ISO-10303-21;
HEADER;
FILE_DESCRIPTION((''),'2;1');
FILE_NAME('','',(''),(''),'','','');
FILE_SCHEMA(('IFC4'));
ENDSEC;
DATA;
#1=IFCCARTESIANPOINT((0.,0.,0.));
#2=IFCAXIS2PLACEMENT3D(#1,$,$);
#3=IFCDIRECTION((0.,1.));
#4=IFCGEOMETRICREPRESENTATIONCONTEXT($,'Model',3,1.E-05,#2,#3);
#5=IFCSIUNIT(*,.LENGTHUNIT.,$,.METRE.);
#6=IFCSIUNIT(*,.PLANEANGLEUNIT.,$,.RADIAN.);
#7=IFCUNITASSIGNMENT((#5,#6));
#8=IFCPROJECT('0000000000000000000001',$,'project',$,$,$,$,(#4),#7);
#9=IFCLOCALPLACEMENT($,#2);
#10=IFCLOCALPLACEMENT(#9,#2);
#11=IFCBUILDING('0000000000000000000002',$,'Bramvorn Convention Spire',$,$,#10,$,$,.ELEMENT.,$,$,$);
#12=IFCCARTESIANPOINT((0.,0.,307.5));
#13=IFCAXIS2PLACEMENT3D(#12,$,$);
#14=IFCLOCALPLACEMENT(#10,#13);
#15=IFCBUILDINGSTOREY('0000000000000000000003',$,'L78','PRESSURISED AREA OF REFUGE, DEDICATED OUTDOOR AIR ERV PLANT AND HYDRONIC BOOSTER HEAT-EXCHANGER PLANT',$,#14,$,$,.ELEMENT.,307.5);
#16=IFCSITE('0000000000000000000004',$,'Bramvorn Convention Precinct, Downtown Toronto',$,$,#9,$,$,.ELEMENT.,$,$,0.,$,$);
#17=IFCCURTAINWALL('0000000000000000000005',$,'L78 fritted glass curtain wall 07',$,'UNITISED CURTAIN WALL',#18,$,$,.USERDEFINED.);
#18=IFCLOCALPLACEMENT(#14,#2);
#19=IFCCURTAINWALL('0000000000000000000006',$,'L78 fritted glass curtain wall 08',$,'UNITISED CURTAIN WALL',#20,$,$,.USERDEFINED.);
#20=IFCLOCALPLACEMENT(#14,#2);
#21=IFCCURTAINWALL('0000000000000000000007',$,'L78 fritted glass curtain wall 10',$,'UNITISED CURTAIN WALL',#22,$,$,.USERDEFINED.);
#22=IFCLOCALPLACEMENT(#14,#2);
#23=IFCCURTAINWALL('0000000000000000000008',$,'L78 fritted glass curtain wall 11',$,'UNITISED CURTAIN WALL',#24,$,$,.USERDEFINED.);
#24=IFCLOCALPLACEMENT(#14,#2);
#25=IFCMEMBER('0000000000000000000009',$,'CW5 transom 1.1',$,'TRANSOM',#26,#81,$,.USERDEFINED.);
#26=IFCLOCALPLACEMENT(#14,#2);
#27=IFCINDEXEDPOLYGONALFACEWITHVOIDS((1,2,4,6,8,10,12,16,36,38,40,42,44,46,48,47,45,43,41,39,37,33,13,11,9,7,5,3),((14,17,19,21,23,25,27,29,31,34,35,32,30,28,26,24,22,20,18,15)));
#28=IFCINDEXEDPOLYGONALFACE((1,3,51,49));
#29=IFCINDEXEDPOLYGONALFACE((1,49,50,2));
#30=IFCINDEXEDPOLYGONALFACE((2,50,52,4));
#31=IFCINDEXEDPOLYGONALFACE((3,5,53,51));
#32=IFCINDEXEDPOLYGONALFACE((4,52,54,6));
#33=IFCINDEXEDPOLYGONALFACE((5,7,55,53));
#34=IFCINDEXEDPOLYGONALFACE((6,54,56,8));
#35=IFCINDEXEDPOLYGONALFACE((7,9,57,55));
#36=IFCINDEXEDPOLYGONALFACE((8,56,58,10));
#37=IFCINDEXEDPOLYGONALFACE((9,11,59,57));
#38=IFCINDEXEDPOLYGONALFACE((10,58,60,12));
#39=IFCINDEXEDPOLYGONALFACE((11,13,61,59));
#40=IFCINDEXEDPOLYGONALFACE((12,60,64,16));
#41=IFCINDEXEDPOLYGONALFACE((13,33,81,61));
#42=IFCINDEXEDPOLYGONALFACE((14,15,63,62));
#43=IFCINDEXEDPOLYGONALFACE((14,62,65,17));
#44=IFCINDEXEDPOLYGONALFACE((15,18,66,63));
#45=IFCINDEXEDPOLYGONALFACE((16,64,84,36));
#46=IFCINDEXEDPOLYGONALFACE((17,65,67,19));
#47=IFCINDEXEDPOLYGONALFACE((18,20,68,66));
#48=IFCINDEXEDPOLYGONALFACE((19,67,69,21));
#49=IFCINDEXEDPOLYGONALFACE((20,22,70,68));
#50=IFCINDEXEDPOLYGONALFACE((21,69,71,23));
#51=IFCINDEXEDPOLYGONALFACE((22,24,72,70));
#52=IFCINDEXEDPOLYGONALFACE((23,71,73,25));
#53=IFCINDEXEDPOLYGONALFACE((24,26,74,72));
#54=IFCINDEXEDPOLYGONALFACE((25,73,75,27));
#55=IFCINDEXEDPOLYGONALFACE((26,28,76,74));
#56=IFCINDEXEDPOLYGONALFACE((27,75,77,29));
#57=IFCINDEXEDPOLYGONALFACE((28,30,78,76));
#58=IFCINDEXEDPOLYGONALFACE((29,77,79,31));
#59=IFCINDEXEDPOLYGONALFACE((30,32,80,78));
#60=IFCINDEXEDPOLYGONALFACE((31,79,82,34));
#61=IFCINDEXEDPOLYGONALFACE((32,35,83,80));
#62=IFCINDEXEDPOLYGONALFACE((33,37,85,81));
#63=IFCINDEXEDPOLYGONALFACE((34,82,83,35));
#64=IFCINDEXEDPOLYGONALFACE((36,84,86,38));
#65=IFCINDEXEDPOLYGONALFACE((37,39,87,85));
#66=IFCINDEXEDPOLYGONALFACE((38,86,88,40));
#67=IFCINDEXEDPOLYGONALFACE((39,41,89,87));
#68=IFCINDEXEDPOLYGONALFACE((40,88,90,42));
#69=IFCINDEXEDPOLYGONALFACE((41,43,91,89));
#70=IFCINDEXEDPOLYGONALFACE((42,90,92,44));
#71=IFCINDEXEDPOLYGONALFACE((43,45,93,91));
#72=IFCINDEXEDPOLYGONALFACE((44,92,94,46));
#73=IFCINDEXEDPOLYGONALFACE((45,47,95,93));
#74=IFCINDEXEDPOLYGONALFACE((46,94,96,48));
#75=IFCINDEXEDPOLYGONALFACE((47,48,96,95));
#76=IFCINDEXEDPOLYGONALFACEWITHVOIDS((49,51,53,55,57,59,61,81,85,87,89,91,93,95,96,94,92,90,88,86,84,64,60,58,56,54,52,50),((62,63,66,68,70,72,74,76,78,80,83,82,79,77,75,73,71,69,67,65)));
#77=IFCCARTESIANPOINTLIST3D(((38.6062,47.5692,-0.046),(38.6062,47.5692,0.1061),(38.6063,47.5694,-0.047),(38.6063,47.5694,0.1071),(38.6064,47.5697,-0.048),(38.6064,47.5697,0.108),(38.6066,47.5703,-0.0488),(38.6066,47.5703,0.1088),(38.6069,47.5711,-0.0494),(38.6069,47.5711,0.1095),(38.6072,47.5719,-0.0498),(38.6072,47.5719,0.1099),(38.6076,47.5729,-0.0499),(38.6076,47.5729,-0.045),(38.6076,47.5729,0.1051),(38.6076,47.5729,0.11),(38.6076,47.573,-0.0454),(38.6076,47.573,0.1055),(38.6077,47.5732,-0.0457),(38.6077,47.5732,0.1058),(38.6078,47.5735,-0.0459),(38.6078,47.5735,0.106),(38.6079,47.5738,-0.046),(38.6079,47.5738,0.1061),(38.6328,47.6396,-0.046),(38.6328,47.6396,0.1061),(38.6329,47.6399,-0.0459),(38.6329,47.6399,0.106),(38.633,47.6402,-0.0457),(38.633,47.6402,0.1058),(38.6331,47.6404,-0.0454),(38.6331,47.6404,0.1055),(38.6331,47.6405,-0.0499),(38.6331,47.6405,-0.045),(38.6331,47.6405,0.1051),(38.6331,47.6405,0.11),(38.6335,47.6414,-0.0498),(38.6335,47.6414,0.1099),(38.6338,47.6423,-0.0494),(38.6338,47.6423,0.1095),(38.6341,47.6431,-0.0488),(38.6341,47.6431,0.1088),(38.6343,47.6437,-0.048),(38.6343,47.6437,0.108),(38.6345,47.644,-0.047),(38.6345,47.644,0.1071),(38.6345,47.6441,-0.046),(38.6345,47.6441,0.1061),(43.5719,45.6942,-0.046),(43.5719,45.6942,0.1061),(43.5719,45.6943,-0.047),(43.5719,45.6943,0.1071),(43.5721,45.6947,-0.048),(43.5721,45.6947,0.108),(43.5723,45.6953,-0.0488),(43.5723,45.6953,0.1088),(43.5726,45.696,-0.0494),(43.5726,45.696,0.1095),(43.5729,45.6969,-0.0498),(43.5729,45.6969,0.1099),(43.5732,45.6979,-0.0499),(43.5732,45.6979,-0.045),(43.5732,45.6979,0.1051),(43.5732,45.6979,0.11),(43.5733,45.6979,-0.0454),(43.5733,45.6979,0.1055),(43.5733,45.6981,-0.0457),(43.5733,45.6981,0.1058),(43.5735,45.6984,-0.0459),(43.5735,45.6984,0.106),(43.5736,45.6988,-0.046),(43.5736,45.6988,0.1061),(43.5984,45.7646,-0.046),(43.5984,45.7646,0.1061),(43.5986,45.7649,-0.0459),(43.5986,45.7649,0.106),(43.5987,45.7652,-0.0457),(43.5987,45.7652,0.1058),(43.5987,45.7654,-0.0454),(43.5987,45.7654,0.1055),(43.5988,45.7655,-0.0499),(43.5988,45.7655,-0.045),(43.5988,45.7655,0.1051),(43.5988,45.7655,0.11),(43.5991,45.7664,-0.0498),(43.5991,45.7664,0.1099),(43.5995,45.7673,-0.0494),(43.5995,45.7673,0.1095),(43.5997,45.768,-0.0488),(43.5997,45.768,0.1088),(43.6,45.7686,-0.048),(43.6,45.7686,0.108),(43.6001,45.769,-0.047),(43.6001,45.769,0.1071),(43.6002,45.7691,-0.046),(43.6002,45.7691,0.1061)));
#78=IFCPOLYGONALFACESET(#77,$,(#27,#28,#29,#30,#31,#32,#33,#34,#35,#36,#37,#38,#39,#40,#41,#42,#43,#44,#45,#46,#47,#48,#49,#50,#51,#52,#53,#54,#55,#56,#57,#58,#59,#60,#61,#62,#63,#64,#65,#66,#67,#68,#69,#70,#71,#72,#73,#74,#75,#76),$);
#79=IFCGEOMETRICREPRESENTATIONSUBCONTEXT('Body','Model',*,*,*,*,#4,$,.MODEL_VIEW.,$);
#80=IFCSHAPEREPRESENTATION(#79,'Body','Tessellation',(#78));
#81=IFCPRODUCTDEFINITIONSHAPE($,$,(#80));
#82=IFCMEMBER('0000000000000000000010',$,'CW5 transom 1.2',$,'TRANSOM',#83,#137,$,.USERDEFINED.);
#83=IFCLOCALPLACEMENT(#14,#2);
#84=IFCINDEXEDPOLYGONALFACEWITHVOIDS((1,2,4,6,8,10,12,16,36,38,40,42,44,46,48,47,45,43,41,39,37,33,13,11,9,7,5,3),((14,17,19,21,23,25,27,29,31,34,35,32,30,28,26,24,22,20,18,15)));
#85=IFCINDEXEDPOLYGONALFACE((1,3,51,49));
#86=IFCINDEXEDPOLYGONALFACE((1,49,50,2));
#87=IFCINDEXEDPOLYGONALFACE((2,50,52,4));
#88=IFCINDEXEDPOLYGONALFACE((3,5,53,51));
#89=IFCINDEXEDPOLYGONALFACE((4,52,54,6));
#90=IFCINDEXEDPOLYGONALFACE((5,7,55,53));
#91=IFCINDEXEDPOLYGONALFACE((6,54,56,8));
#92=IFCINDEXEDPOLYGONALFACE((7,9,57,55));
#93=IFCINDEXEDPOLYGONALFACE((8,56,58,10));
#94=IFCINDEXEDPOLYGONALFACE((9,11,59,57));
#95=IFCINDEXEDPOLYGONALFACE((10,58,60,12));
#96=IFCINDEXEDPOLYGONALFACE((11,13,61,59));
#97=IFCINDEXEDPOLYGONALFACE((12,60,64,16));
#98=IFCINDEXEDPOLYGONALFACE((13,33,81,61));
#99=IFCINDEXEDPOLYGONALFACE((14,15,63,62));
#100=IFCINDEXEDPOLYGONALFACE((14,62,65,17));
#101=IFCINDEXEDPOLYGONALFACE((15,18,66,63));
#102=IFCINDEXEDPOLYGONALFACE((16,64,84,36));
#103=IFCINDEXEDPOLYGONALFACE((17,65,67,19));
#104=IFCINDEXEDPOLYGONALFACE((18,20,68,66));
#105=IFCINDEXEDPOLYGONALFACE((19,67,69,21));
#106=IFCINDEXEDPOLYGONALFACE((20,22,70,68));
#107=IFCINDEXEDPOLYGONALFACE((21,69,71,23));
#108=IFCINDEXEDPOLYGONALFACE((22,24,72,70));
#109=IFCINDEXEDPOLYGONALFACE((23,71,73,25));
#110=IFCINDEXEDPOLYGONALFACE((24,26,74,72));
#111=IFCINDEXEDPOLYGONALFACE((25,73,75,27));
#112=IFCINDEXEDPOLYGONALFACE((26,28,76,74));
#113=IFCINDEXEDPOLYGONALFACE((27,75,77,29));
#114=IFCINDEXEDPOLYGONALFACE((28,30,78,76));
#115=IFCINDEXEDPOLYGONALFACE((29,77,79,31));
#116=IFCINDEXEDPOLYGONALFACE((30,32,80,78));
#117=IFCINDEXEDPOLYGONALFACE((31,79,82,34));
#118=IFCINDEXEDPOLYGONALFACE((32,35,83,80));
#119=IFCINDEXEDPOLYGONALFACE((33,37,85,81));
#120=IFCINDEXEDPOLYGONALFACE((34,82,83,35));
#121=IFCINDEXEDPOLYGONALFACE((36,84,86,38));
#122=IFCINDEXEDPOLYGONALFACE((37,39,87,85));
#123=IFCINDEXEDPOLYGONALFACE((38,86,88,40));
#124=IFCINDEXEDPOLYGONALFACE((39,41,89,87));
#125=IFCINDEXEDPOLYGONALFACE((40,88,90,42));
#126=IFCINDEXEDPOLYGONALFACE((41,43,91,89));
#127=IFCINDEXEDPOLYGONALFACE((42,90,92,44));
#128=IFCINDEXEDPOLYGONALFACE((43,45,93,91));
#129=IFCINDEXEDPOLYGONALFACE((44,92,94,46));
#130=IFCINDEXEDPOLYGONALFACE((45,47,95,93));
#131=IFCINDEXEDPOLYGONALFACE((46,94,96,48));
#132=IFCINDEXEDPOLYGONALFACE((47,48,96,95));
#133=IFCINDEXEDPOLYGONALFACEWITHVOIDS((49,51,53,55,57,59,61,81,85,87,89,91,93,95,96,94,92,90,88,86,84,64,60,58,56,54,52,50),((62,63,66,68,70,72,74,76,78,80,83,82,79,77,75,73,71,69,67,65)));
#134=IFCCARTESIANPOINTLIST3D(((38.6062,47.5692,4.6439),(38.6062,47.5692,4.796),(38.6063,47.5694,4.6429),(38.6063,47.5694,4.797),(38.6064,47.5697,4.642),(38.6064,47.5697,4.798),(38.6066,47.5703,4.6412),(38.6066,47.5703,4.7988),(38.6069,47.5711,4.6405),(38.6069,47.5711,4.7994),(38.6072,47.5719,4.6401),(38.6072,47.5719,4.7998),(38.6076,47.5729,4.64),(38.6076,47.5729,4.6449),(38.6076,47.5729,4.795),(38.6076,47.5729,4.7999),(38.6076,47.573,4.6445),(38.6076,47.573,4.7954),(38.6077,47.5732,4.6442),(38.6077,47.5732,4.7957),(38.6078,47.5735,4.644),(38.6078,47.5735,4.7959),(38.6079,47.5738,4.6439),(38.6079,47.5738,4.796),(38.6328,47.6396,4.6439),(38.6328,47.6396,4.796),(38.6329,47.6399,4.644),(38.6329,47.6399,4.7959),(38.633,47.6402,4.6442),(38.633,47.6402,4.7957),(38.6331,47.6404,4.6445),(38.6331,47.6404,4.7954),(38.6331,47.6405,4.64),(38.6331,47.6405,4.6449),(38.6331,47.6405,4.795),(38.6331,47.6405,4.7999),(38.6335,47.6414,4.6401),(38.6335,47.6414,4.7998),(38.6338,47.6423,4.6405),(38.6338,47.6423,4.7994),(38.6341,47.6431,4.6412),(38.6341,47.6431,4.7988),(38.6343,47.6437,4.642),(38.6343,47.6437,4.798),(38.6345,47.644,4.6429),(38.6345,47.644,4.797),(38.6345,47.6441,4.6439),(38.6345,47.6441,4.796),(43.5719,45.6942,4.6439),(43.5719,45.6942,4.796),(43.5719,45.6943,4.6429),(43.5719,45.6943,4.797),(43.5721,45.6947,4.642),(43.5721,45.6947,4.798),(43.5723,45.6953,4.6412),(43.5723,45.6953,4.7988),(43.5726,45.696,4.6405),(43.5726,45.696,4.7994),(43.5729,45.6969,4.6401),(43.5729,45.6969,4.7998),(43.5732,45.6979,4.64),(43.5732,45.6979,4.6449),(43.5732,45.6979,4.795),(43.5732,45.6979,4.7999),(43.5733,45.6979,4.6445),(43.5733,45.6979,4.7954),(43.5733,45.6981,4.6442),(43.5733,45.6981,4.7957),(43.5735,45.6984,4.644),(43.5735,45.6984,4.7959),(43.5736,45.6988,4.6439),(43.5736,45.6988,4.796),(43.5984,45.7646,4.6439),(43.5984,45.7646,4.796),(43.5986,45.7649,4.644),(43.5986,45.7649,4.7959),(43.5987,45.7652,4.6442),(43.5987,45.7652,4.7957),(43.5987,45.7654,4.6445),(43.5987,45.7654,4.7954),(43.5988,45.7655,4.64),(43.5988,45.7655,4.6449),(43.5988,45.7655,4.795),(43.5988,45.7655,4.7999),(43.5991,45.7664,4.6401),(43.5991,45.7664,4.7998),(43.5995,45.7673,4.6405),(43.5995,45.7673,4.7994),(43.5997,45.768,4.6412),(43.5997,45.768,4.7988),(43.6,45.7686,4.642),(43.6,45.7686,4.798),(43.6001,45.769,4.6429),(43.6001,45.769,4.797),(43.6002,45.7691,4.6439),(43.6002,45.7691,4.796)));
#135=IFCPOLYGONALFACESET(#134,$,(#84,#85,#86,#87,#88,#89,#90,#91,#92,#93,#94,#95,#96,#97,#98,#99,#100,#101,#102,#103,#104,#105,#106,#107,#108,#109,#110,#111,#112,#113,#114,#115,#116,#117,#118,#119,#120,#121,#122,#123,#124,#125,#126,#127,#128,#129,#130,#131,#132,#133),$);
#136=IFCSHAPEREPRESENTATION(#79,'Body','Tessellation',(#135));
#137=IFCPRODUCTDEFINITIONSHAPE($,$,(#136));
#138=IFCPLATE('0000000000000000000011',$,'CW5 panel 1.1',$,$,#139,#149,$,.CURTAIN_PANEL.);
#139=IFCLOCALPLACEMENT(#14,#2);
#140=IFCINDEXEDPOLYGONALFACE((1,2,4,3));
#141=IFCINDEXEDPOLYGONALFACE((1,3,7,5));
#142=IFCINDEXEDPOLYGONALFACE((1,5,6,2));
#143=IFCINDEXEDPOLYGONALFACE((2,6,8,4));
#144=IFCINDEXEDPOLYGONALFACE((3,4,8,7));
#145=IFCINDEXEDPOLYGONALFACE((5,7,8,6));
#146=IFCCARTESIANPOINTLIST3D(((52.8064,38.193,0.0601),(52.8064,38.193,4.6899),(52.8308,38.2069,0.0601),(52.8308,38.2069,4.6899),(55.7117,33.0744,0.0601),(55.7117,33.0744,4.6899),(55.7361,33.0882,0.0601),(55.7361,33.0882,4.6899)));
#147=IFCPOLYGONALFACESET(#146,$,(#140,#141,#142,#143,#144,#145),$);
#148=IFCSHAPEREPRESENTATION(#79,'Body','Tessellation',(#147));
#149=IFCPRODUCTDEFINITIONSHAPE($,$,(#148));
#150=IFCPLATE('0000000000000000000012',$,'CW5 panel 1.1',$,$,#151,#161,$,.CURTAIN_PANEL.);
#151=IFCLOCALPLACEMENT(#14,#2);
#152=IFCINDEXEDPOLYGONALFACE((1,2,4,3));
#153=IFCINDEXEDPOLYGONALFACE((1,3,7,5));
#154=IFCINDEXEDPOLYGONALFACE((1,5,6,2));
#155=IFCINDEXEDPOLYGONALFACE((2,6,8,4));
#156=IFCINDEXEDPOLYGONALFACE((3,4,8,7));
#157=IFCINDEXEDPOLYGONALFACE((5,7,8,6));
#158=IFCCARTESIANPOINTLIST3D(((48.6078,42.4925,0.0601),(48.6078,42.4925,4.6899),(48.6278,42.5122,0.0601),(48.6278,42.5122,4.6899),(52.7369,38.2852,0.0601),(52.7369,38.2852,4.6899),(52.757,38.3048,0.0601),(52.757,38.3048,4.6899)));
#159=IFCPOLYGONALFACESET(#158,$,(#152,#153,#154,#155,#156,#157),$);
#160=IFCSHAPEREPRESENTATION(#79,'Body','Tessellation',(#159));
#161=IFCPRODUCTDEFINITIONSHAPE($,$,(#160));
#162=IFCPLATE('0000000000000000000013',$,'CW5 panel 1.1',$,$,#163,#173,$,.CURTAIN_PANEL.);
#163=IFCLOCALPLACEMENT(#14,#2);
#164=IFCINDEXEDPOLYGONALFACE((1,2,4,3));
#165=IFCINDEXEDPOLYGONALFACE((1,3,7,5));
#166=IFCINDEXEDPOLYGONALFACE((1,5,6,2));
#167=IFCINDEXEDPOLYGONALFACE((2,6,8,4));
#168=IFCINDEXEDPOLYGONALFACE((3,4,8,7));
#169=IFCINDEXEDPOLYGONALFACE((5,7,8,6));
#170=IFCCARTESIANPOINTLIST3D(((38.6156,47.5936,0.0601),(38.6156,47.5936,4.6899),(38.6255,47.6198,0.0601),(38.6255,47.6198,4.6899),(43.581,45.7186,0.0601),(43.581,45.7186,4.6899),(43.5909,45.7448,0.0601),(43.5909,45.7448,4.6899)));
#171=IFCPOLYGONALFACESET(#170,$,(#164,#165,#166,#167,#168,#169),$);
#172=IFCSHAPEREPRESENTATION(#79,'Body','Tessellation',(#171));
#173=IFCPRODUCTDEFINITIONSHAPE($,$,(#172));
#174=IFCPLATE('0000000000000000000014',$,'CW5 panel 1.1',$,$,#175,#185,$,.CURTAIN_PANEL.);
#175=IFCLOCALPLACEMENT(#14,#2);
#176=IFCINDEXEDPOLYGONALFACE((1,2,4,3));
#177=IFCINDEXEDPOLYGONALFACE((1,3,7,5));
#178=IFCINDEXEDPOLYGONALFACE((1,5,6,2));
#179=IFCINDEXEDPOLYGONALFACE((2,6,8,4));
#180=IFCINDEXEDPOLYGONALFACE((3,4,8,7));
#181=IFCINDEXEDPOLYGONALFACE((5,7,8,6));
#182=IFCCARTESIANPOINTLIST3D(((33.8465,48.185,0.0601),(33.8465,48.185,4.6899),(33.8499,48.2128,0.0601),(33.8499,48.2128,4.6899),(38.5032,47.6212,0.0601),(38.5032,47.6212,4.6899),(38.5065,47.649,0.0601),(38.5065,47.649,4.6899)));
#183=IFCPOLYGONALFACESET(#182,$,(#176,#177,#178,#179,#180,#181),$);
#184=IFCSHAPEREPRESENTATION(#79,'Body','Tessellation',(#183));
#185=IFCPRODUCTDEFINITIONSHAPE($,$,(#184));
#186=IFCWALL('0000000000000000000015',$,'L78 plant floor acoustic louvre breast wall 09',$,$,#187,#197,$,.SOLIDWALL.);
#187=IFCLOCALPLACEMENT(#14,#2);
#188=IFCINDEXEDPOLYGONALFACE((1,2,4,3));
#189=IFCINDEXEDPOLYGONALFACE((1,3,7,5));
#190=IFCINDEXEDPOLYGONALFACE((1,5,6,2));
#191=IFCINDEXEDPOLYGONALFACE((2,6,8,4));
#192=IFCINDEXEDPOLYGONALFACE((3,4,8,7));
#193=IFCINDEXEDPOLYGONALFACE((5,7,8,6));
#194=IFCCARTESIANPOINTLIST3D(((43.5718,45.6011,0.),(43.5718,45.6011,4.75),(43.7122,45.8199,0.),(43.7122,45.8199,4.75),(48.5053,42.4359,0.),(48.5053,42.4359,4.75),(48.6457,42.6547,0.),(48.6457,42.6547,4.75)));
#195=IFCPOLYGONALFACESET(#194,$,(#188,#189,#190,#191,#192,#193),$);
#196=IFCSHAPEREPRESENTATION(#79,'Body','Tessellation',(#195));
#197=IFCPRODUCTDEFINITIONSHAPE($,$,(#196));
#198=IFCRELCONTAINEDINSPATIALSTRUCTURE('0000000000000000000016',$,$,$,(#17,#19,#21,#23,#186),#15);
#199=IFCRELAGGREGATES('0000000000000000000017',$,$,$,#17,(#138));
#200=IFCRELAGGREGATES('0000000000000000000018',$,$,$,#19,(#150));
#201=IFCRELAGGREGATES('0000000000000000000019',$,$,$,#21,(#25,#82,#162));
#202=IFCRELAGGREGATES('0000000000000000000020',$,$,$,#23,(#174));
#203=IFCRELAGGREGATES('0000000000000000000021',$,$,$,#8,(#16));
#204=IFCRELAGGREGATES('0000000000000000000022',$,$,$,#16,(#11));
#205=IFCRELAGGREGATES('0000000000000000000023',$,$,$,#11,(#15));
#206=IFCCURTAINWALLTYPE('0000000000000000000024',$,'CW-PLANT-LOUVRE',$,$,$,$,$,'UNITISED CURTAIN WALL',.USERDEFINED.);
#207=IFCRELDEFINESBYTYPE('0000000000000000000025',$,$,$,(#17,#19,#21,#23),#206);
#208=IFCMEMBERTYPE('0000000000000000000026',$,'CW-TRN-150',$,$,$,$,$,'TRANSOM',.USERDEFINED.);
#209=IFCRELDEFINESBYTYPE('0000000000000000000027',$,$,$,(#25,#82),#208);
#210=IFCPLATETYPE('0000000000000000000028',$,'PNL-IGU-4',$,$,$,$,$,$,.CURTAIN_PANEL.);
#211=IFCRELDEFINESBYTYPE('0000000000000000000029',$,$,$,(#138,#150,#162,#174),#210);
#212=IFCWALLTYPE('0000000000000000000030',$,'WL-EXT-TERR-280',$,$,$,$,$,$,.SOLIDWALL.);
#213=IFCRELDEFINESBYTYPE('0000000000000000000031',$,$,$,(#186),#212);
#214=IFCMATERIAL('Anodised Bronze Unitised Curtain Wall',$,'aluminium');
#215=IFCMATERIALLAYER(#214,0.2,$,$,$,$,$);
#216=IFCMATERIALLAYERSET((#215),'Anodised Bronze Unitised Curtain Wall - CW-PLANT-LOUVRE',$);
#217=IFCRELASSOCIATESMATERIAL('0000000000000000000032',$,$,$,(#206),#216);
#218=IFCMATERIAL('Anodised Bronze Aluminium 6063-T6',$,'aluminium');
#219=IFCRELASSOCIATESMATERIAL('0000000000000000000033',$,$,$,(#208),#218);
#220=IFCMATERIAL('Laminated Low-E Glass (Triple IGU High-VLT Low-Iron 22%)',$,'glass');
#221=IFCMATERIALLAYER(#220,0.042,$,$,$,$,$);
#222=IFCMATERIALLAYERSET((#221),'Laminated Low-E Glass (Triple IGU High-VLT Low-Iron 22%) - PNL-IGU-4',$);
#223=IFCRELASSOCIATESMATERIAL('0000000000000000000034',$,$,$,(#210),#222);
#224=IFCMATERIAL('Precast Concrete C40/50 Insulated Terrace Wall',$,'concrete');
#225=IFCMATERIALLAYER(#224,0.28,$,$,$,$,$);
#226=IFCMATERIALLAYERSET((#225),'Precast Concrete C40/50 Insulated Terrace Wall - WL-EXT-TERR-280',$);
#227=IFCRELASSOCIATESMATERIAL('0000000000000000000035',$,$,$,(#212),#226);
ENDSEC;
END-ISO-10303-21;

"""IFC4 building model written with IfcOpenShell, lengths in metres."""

from ifc_helpers import new_model, si_unit, direction, frame, frame_2d, origin, origin_2d, place, context, subcontext, project, spatial, rectangle, hollow_rectangle, extrude, material, layer, layer_set, material_profile, profile_set, type_object, element, aggregate, save


model = new_model("IFC4")

# Units and contexts
model_context = context("Model", 3, precision=1e-05, world=origin(), true_north=direction((0.0, 1.0)))
body_context = subcontext(model_context, "Body", "Model", "MODEL_VIEW")
ifc_project = project(units=[si_unit("LENGTHUNIT", "METRE"), si_unit("PLANEANGLEUNIT", "RADIAN")], contexts=[model_context])

# Site, building, storey
site_placement = place(None, origin())
site = spatial("IfcSite", under=ifc_project, at=site_placement, Name="Bramvorn Convention Precinct, Downtown Toronto", CompositionType="ELEMENT", RefElevation=0.0)
building_placement = place(site_placement, origin())
building = spatial("IfcBuilding", under=site, at=building_placement, Name="Bramvorn Convention Spire", CompositionType="ELEMENT")
storey_placement = place(building_placement, frame((0.0, 0.0, 307.5)))
storey = spatial("IfcBuildingStorey", under=building, at=storey_placement, Name="L78", Description="PRESSURISED AREA OF REFUGE, DEDICATED OUTDOOR AIR ERV PLANT AND HYDRONIC BOOSTER HEAT-EXCHANGER PLANT", CompositionType="ELEMENT", Elevation=307.5)

# Curtain walls
ifc_material_1 = material(Name="Anodised Bronze Unitised Curtain Wall", Category="aluminium")
ifc_layer_1 = layer(ifc_material_1, 0.2)
ifc_layer_set_1 = layer_set([ifc_layer_1], Name="Anodised Bronze Unitised Curtain Wall - CW-PLANT-LOUVRE")
curtain_wall_type = type_object("IfcCurtainWallType", Name="CW-PLANT-LOUVRE", ElementType="UNITISED CURTAIN WALL", PredefinedType="USERDEFINED", material=ifc_layer_set_1)
curtain_wall_1_placement = place(storey_placement, origin())
curtain_wall_1 = element("IfcCurtainWall", 1, at=curtain_wall_1_placement, inside=storey, type_object=curtain_wall_type, Name="L78 fritted glass curtain wall 07", ObjectType="UNITISED CURTAIN WALL", PredefinedType="USERDEFINED")
ifc_material_2 = material(Name="Anodised Bronze Aluminium 6063-T6", Category="aluminium")
curtain_wall_2_placement = place(storey_placement, origin())
curtain_wall_2 = element("IfcCurtainWall", 2, at=curtain_wall_2_placement, inside=storey, type_object=curtain_wall_type, Name="L78 fritted glass curtain wall 08", ObjectType="UNITISED CURTAIN WALL", PredefinedType="USERDEFINED")
curtain_wall_3_placement = place(storey_placement, origin())
curtain_wall_3 = element("IfcCurtainWall", 3, at=curtain_wall_3_placement, inside=storey, type_object=curtain_wall_type, Name="L78 fritted glass curtain wall 10", ObjectType="UNITISED CURTAIN WALL", PredefinedType="USERDEFINED")

# Curtain wall
curtain_wall_4_placement = place(storey_placement, origin())
curtain_wall_4 = element("IfcCurtainWall", 4, at=curtain_wall_4_placement, inside=storey, type_object=curtain_wall_type, Name="L78 fritted glass curtain wall 11", ObjectType="UNITISED CURTAIN WALL", PredefinedType="USERDEFINED")

# Members
ifc_material_profile_1 = material_profile(ifc_material_2, hollow_rectangle(XDim=0.0801, YDim=0.1599, WallThickness=0.0039, InnerFilletRadius=0.001, OuterFilletRadius=0.0039, at=origin_2d()))
ifc_profile_set_1 = profile_set([ifc_material_profile_1], Name="Anodised Bronze Aluminium 6063-T6 - CWT80X160")
member_type_1 = type_object("IfcMemberType", Name="CW-TRN-150", ElementType="TRANSOM", PredefinedType="USERDEFINED", material=ifc_profile_set_1)
member_1_placement = place(storey_placement, frame((38.6204, 47.6067, 0.03), z_axis=(0.935527, -0.353255, 0.0), x_axis=(0.353255, 0.935527, 0.0)))
member_1 = element("IfcMember", 5, at=member_1_placement, type_object=member_type_1, Name="CW5 transom 1.1", ObjectType="TRANSOM", PredefinedType="USERDEFINED", context=body_context, shape_type="SweptSolid", body=[
    extrude(hollow_rectangle(XDim=0.0801, YDim=0.1599, WallThickness=0.0039, InnerFilletRadius=0.001, OuterFilletRadius=0.0039, at=origin_2d()), origin(), (0.0, 0.0, 1.0), 5.3079),
])
member_2_placement = place(storey_placement, frame((38.6204, 47.6067, 4.72), z_axis=(0.935527, -0.353255, 0.0), x_axis=(0.353255, 0.935527, 0.0)))
member_2 = element("IfcMember", 6, at=member_2_placement, type_object=member_type_1, Name="CW5 transom 1.2", ObjectType="TRANSOM", PredefinedType="USERDEFINED", context=body_context, shape_type="SweptSolid", body=[
    extrude(hollow_rectangle(XDim=0.0801, YDim=0.1599, WallThickness=0.0039, InnerFilletRadius=0.001, OuterFilletRadius=0.0039, at=origin_2d()), origin(), (0.0, 0.0, 1.0), 5.3079),
])

# Plates
ifc_material_3 = material(Name="Laminated Low-E Glass (Triple IGU High-VLT Low-Iron 22%)", Category="glass")
ifc_layer_2 = layer(ifc_material_3, 0.042)
ifc_layer_set_2 = layer_set([ifc_layer_2], Name="Laminated Low-E Glass (Triple IGU High-VLT Low-Iron 22%) - PNL-IGU-4")
plate_type = type_object("IfcPlateType", Name="PNL-IGU-4", PredefinedType="CURTAIN_PANEL", material=ifc_layer_set_2)
plate_1_placement = place(storey_placement, frame((54.2712, 35.6406, 0.0601), z_axis=(0.0, 0.0, 1.0), x_axis=(0.493623, -0.869676, 0.0)))
plate_1 = element("IfcPlate", 7, at=plate_1_placement, type_object=plate_type, Name="CW5 panel 1.1", PredefinedType="CURTAIN_PANEL", context=body_context, shape_type="SweptSolid", body=[
    extrude(rectangle(XDim=5.8857, YDim=0.0281, at=origin_2d()), origin(), (0.0, 0.0, 1.0), 4.6299),
])
aggregate(curtain_wall_1, [plate_1])
plate_2_placement = place(storey_placement, frame((50.6824, 40.3987, 0.0601), z_axis=(0.0, 0.0, 1.0), x_axis=(0.700442, -0.713709, 0.0)))
plate_2 = element("IfcPlate", 8, at=plate_2_placement, type_object=plate_type, Name="CW5 panel 1.1", PredefinedType="CURTAIN_PANEL", context=body_context, shape_type="SweptSolid", body=[
    extrude(rectangle(XDim=5.895, YDim=0.0281, at=origin_2d()), origin(), (0.0, 0.0, 1.0), 4.6299),
])
aggregate(curtain_wall_2, [plate_2])
plate_3_placement = place(storey_placement, frame((41.1033, 46.6692, 0.0601), z_axis=(0.0, 0.0, 1.0), x_axis=(0.935523, -0.353265, 0.0)))
plate_3 = element("IfcPlate", 9, at=plate_3_placement, type_object=plate_type, Name="CW5 panel 1.1", PredefinedType="CURTAIN_PANEL", context=body_context, shape_type="SweptSolid", body=[
    extrude(rectangle(XDim=5.3076, YDim=0.0281, at=origin_2d()), origin(), (0.0, 0.0, 1.0), 4.6299),
])
aggregate(curtain_wall_3, [member_1, member_2, plate_3])
plate_4_placement = place(storey_placement, frame((36.1765, 47.917, 0.0601), z_axis=(0.0, 0.0, 1.0), x_axis=(0.99275, -0.120194, 0.0)))
plate_4 = element("IfcPlate", 10, at=plate_4_placement, type_object=plate_type, Name="CW5 panel 1.1", PredefinedType="CURTAIN_PANEL", context=body_context, shape_type="SweptSolid", body=[
    extrude(rectangle(XDim=4.6907, YDim=0.0281, at=origin_2d()), origin(), (0.0, 0.0, 1.0), 4.6299),
])
aggregate(curtain_wall_4, [plate_4])

# Wall
ifc_material_4 = material(Name="Precast Concrete C40/50 Insulated Terrace Wall", Category="concrete")
ifc_layer_3 = layer(ifc_material_4, 0.28)
ifc_layer_set_3 = layer_set([ifc_layer_3], Name="Precast Concrete C40/50 Insulated Terrace Wall - WL-EXT-TERR-280")
wall_type_1 = type_object("IfcWallType", Name="WL-EXT-TERR-280", PredefinedType="SOLIDWALL", material=ifc_layer_set_3)
wall_1_placement = place(storey_placement, frame((43.6421, 45.7104, 0.0), z_axis=(0.0, 0.0, 1.0), x_axis=(0.841668, -0.539995, 0.0)))
element("IfcWall", 11, at=wall_1_placement, inside=storey, type_object=wall_type_1, Name="L78 plant floor acoustic louvre breast wall 09", PredefinedType="SOLIDWALL", context=body_context, shape_type="SweptSolid", body=[
    extrude(rectangle(XDim=5.8616, YDim=0.26, at=frame_2d((2.9307, 0.0))), origin(), (0.0, 0.0, 1.0), 4.75),
])

save(model, "model.ifc")
